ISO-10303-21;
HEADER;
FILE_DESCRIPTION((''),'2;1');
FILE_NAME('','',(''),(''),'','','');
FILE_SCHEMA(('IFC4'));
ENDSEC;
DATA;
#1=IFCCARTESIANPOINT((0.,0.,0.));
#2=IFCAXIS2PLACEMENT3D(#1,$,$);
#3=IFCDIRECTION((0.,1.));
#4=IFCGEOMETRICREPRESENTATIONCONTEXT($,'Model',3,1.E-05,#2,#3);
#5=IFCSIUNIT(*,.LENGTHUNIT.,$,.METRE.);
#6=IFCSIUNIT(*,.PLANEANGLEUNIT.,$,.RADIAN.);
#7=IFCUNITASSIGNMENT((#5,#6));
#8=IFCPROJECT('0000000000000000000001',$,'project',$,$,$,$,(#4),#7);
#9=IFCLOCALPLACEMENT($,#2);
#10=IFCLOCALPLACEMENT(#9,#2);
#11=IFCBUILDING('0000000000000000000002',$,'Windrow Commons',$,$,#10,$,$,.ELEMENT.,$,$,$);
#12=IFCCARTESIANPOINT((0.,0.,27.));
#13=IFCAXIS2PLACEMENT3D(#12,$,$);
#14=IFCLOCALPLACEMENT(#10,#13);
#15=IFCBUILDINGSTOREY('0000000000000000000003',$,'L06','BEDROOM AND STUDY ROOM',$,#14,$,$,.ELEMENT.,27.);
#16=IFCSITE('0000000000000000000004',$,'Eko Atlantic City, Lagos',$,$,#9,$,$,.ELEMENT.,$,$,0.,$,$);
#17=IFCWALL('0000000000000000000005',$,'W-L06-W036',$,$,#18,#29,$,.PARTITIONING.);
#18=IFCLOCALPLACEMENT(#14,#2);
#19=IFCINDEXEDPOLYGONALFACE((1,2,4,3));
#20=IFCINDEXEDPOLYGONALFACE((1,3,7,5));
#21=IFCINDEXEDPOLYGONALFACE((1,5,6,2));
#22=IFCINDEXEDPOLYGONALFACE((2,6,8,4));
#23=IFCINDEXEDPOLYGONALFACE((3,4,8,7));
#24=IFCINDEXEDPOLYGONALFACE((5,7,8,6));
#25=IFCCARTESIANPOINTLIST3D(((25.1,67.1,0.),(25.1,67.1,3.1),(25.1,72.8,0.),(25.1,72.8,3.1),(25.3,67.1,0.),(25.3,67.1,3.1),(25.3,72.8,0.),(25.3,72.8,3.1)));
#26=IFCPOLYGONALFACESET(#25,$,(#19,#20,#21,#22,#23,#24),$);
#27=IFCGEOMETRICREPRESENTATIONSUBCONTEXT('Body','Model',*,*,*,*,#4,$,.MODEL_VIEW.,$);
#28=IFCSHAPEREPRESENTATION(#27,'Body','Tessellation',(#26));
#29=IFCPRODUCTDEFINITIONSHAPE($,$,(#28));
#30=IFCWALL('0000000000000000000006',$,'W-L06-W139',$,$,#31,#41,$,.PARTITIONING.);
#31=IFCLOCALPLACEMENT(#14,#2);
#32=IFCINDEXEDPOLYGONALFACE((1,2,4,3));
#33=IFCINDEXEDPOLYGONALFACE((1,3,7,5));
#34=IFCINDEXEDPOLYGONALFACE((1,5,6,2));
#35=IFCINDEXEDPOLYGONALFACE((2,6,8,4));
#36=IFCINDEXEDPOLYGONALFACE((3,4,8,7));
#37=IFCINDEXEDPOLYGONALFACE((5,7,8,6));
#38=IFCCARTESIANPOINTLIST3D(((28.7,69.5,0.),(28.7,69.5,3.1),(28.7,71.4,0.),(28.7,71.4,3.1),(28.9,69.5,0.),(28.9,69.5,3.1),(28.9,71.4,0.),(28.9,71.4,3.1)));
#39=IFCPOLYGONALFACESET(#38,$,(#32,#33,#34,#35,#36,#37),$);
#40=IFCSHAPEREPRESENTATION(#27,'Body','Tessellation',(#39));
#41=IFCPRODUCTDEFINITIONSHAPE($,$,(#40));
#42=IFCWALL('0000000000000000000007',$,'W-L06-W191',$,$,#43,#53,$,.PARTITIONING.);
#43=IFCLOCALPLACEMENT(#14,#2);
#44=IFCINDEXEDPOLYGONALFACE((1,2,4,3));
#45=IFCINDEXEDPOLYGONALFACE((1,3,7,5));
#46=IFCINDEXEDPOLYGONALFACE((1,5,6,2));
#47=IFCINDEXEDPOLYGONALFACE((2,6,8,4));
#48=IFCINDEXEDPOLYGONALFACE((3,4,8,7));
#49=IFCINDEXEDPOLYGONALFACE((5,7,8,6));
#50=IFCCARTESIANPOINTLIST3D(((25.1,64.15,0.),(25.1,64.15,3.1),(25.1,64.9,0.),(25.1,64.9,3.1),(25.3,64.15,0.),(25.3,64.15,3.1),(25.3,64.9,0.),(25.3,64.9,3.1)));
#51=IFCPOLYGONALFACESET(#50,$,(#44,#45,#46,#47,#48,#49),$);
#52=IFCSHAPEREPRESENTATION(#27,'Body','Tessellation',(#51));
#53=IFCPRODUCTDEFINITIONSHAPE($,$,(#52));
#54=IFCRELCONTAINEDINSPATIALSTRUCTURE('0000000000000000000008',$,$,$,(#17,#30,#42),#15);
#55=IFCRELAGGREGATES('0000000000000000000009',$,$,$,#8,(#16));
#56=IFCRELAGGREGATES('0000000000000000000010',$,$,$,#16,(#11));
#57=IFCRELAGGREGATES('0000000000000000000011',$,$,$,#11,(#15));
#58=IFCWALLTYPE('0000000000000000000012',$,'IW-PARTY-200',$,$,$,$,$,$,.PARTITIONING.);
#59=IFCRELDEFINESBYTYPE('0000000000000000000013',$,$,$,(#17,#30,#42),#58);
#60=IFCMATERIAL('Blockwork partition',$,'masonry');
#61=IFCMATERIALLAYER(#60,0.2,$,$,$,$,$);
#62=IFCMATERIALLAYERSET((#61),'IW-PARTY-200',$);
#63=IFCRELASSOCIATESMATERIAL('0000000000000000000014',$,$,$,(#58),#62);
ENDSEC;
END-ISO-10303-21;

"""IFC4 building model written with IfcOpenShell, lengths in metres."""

from ifc_helpers import new_model, si_unit, direction, frame, frame_2d, origin, place, context, subcontext, project, spatial, rectangle, extrude, material, layer, layer_set, type_object, element, save


model = new_model("IFC4")

# Units and contexts
model_context = context("Model", 3, precision=1e-05, world=origin(), true_north=direction((0.0, 1.0)))
body_context = subcontext(model_context, "Body", "Model", "MODEL_VIEW")
ifc_project = project(units=[si_unit("LENGTHUNIT", "METRE"), si_unit("PLANEANGLEUNIT", "RADIAN")], contexts=[model_context])

# Site, building, storey
site_placement = place(None, origin())
site = spatial("IfcSite", under=ifc_project, at=site_placement, Name="Eko Atlantic City, Lagos", CompositionType="ELEMENT", RefElevation=0.0)
building_placement = place(site_placement, origin())
building = spatial("IfcBuilding", under=site, at=building_placement, Name="Windrow Commons", CompositionType="ELEMENT")
storey_placement = place(building_placement, frame((0.0, 0.0, 27.0)))
storey = spatial("IfcBuildingStorey", under=building, at=storey_placement, Name="L06", Description="BEDROOM AND STUDY ROOM", CompositionType="ELEMENT", Elevation=27.0)

# Walls
ifc_material_1 = material(Name="Blockwork partition", Category="masonry")
ifc_layer_1 = layer(ifc_material_1, 0.2)
ifc_layer_set_1 = layer_set([ifc_layer_1], Name="IW-PARTY-200")
wall_type_1 = type_object("IfcWallType", Name="IW-PARTY-200", PredefinedType="PARTITIONING", material=ifc_layer_set_1)
wall_1_placement = place(storey_placement, frame((25.2, 67.1, 0.0), z_axis=(0.0, 0.0, 1.0), x_axis=(0.0, 1.0, 0.0)))
element("IfcWall", 1, at=wall_1_placement, inside=storey, type_object=wall_type_1, Name="W-L06-W036", PredefinedType="PARTITIONING", context=body_context, shape_type="SweptSolid", body=[
    extrude(rectangle(XDim=5.7, YDim=0.2, at=frame_2d((2.85, 0.0))), origin(), (0.0, 0.0, 1.0), 3.1),
])
wall_2_placement = place(storey_placement, frame((28.8, 69.5, 0.0), z_axis=(0.0, 0.0, 1.0), x_axis=(0.0, 1.0, 0.0)))
element("IfcWall", 2, at=wall_2_placement, inside=storey, type_object=wall_type_1, Name="W-L06-W139", PredefinedType="PARTITIONING", context=body_context, shape_type="SweptSolid", body=[
    extrude(rectangle(XDim=1.9, YDim=0.2, at=frame_2d((0.95, 0.0))), origin(), (0.0, 0.0, 1.0), 3.1),
])
wall_3_placement = place(storey_placement, frame((25.2, 64.15, 0.0), z_axis=(0.0, 0.0, 1.0), x_axis=(0.0, 1.0, 0.0)))
element("IfcWall", 3, at=wall_3_placement, inside=storey, type_object=wall_type_1, Name="W-L06-W191", PredefinedType="PARTITIONING", context=body_context, shape_type="SweptSolid", body=[
    extrude(rectangle(XDim=0.75, YDim=0.2, at=frame_2d((0.375, 0.0))), origin(), (0.0, 0.0, 1.0), 3.1),
])

save(model, "model.ifc")
